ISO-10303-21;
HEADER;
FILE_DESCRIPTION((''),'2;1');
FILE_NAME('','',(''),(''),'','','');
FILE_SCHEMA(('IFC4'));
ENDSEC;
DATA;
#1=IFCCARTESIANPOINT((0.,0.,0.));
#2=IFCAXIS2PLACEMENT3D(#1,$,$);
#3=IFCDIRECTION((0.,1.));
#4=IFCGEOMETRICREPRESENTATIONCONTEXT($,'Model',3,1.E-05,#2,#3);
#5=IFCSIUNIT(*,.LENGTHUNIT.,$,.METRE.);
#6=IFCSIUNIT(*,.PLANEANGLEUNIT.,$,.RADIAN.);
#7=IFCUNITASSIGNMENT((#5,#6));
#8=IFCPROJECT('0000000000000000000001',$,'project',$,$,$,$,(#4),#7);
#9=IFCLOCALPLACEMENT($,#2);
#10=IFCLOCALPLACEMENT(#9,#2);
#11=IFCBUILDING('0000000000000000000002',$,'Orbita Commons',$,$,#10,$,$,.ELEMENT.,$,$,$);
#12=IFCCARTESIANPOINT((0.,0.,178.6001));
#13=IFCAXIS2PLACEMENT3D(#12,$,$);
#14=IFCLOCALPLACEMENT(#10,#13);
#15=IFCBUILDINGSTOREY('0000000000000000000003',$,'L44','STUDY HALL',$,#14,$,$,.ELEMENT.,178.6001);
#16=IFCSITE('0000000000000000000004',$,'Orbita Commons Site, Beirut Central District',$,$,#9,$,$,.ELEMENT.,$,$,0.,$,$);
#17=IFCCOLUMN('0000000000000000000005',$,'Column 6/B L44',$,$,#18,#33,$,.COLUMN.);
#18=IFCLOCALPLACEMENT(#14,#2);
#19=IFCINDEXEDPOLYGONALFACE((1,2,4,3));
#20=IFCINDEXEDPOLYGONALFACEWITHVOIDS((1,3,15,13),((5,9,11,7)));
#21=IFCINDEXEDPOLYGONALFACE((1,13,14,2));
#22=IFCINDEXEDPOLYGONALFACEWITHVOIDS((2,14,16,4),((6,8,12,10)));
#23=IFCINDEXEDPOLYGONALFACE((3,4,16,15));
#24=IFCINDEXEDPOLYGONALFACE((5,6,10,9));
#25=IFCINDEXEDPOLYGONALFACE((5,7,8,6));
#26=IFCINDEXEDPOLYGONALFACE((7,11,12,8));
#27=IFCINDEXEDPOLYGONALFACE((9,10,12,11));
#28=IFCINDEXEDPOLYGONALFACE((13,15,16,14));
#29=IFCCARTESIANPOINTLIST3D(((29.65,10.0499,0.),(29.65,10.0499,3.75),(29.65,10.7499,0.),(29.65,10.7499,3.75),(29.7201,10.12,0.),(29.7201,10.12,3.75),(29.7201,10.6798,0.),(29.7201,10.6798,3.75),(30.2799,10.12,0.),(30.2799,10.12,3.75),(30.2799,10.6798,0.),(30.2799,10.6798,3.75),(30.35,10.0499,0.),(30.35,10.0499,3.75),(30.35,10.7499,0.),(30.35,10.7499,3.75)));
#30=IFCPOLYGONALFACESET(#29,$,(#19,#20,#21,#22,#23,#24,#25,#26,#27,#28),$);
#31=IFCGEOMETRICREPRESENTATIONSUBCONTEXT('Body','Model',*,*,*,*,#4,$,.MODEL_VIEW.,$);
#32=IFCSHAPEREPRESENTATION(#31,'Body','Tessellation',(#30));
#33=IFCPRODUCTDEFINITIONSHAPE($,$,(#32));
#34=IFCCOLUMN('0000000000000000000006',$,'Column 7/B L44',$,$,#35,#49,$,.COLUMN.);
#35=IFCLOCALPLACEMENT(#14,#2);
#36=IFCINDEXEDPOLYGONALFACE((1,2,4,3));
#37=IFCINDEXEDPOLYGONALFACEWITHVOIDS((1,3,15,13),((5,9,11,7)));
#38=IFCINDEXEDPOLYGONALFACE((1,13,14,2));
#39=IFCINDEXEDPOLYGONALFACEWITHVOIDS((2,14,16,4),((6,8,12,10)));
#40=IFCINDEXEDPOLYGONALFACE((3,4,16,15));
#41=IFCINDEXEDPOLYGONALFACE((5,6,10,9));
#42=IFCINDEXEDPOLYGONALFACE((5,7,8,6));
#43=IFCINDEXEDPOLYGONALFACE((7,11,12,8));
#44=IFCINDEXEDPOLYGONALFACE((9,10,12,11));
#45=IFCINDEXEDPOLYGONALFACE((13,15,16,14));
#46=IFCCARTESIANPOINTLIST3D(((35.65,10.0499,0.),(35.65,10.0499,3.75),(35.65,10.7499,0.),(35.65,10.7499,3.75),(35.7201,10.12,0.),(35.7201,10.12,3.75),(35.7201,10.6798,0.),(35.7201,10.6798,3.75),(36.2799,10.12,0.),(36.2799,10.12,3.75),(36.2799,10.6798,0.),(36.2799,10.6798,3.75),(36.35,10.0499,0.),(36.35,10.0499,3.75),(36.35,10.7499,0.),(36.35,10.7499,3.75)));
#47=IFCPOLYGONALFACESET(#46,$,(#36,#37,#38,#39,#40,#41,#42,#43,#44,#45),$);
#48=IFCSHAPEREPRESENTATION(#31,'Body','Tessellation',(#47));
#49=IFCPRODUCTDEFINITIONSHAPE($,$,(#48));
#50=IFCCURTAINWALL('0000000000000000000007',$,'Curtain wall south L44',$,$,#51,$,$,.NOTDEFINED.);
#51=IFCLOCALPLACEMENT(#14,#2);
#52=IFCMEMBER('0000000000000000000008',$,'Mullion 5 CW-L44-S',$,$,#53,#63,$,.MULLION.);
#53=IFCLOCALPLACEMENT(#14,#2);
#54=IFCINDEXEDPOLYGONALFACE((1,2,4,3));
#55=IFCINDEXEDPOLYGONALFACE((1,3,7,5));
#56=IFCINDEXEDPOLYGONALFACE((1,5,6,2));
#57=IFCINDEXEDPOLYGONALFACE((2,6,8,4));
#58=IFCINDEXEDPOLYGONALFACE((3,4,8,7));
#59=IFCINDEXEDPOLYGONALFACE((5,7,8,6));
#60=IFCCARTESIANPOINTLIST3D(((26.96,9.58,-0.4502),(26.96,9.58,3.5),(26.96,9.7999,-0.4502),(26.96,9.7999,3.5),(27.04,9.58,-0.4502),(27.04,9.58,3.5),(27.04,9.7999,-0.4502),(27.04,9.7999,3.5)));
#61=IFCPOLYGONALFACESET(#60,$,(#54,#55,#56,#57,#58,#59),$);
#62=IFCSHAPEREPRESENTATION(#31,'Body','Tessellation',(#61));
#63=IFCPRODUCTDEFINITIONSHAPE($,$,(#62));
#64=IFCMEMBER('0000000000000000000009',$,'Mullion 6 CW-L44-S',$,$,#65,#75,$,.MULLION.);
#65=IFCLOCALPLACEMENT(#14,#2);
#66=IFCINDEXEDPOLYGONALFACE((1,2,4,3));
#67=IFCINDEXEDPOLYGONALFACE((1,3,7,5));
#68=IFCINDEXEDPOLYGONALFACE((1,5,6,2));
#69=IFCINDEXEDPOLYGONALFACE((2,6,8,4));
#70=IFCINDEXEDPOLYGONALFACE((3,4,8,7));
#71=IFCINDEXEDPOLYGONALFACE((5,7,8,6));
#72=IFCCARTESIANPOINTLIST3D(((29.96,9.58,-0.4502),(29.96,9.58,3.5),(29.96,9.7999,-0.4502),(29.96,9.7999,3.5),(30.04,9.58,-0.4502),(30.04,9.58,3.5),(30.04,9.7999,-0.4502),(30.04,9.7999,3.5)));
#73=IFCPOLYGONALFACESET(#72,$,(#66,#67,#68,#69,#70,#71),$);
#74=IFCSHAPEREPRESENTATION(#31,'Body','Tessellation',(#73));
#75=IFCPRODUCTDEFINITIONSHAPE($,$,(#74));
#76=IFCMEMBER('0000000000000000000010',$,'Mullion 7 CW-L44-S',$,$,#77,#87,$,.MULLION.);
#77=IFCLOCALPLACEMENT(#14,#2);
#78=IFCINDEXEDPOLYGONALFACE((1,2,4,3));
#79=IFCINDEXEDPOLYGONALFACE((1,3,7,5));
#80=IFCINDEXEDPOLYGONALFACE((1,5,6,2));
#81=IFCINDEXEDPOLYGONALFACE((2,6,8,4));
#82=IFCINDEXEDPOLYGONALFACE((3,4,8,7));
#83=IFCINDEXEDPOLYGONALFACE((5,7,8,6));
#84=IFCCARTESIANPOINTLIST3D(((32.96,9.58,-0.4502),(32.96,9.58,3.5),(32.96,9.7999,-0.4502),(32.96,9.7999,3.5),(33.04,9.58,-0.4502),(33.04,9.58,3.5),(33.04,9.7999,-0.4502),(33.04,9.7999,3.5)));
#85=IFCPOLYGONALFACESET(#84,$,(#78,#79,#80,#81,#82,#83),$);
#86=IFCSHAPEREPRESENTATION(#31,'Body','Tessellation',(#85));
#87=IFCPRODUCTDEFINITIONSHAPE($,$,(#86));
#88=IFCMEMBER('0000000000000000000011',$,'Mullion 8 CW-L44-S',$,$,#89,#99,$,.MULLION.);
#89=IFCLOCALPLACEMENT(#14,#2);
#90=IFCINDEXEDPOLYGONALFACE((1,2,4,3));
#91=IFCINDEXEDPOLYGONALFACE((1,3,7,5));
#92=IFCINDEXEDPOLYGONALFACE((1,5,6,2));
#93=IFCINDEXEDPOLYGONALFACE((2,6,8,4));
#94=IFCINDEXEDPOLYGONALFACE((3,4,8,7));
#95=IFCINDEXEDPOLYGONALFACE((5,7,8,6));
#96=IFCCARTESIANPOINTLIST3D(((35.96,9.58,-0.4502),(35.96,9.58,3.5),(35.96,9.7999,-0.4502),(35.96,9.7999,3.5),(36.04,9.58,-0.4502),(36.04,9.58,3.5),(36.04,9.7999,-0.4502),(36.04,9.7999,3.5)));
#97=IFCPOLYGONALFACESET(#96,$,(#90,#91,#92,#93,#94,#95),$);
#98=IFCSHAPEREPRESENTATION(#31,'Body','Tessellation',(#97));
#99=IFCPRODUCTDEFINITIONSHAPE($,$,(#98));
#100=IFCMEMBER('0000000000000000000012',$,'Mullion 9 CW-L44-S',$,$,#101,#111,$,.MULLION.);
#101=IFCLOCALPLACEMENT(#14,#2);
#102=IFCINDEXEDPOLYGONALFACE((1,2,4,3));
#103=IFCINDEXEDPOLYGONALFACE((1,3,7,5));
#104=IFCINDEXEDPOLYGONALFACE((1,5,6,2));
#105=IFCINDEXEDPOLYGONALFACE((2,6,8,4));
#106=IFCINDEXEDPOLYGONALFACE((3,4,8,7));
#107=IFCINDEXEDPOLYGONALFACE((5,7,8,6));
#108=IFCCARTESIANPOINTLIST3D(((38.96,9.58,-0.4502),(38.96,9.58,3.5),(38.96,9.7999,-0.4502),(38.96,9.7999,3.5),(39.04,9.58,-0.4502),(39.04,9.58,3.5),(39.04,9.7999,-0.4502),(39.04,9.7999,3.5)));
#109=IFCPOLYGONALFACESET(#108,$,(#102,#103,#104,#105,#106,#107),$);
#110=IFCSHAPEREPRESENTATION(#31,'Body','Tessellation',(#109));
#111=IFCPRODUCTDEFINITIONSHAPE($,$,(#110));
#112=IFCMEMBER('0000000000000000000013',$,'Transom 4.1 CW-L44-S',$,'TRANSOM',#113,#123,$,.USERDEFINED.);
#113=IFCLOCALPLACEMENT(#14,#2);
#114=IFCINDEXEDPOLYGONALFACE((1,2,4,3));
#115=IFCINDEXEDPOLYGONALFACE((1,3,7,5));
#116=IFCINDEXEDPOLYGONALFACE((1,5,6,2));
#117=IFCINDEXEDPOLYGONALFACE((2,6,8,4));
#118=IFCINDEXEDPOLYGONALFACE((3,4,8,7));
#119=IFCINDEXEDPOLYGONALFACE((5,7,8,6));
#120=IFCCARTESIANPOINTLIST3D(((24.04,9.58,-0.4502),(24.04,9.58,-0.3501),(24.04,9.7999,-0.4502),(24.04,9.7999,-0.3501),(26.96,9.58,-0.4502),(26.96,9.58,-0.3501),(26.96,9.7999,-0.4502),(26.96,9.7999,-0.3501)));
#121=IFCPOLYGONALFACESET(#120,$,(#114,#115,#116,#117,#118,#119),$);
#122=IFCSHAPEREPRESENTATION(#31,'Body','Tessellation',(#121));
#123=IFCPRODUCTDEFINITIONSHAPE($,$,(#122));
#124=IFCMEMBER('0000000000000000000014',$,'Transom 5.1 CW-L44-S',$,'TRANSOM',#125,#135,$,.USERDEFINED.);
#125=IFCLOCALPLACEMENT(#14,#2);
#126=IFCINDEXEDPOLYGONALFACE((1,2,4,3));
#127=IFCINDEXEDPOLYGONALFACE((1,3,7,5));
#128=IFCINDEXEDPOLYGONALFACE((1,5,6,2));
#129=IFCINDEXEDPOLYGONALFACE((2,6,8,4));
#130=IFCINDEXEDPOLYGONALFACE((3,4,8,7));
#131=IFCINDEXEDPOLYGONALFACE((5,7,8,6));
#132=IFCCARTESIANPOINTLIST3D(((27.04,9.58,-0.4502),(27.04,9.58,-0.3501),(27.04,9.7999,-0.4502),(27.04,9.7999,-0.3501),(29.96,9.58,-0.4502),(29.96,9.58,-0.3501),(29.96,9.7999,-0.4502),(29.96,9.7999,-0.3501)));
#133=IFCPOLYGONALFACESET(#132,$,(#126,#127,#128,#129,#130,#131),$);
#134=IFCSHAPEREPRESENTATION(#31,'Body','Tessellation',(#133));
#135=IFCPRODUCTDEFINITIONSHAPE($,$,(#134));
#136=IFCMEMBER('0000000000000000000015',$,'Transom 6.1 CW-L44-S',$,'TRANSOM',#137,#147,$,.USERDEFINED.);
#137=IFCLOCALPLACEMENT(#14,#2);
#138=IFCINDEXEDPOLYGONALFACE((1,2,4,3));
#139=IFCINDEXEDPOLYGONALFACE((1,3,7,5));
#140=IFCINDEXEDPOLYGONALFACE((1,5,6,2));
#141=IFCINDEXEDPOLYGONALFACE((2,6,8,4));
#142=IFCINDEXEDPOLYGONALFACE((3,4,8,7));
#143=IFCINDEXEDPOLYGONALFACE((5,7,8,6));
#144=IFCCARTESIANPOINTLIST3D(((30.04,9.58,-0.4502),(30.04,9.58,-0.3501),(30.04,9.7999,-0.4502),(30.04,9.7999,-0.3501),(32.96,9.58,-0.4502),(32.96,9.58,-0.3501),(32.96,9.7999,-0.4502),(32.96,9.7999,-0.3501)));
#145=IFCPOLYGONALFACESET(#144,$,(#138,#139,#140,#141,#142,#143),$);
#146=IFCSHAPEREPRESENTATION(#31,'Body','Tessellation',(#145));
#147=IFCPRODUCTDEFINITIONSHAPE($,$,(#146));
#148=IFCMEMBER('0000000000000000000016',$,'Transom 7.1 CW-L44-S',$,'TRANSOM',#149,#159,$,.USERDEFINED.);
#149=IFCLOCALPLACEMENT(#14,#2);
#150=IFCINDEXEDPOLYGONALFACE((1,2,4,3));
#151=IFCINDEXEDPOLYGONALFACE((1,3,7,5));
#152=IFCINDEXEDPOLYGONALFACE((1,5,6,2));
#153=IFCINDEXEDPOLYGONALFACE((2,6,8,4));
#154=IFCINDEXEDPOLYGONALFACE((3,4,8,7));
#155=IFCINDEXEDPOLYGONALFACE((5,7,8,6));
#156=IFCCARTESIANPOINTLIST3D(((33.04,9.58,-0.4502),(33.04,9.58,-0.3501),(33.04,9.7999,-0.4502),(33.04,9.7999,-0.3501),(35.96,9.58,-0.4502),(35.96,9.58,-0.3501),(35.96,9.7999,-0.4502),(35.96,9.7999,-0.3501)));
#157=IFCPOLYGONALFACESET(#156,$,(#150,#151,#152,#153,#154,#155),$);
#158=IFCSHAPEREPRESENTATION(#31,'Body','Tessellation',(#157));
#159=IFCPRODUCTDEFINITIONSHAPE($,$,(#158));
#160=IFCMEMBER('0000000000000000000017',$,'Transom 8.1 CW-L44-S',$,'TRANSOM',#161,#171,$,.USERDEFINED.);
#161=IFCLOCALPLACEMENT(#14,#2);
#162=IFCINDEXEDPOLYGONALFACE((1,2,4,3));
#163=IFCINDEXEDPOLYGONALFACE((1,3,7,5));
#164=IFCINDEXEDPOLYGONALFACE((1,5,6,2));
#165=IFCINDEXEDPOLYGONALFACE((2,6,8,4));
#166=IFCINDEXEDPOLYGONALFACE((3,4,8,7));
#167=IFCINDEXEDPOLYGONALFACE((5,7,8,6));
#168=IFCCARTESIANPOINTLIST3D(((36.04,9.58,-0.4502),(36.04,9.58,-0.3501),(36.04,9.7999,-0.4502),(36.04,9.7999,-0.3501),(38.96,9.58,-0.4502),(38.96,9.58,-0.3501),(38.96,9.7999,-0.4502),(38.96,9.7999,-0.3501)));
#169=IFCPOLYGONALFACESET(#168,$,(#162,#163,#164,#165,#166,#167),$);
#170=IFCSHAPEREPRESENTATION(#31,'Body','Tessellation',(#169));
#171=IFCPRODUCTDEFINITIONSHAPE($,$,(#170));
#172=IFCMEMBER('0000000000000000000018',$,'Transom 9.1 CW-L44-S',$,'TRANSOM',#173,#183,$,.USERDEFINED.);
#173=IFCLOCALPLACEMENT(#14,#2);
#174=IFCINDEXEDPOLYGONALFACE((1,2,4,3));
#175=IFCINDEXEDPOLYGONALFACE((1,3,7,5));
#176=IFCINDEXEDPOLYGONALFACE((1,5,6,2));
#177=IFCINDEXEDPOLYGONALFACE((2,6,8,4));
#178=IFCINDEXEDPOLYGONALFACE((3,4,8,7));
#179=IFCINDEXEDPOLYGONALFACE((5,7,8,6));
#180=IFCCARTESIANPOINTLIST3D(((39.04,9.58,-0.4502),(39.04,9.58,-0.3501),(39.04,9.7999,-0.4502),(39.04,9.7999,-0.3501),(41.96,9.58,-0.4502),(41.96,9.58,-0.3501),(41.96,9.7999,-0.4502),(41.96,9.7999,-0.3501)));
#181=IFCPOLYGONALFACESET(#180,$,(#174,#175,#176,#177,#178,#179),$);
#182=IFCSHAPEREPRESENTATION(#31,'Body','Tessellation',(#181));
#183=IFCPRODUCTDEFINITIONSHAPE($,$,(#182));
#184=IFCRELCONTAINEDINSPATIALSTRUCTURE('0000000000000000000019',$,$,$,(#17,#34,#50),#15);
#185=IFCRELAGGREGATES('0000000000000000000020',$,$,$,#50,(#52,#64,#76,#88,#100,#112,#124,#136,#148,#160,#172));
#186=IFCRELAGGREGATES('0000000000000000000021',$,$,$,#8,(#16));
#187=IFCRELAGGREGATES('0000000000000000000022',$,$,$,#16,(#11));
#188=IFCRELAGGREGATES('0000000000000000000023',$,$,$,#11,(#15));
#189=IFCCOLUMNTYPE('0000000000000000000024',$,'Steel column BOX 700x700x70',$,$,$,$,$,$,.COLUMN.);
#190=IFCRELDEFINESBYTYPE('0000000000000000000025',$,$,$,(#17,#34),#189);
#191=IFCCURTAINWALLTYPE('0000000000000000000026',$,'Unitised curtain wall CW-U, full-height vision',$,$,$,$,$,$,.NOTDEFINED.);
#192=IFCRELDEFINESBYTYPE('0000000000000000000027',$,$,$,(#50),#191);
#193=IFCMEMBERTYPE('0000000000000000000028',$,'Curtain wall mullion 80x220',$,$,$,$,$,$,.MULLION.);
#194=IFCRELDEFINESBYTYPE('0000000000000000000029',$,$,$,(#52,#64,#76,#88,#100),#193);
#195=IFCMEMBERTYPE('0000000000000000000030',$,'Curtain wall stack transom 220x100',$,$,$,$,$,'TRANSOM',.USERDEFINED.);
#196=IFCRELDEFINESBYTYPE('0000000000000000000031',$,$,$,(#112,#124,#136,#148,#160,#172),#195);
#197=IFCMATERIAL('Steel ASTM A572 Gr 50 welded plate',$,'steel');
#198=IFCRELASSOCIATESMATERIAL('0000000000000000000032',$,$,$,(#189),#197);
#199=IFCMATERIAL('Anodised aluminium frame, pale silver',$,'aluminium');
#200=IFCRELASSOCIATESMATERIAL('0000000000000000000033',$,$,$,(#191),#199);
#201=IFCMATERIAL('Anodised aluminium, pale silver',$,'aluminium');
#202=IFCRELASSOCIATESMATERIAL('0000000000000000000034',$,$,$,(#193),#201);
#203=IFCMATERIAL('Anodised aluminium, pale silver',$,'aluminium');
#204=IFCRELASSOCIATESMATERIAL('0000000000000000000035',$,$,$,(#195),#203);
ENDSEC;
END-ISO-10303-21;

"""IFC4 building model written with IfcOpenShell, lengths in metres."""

from ifc_helpers import new_model, si_unit, direction, frame, origin, origin_2d, place, context, subcontext, project, spatial, rectangle, hollow_rectangle, extrude, material, material_profile, profile_set, type_object, element, aggregate, save


model = new_model("IFC4")

# Units and contexts
model_context = context("Model", 3, precision=1e-05, world=origin(), true_north=direction((0.0, 1.0)))
body_context = subcontext(model_context, "Body", "Model", "MODEL_VIEW")
ifc_project = project(units=[si_unit("LENGTHUNIT", "METRE"), si_unit("PLANEANGLEUNIT", "RADIAN")], contexts=[model_context])

# Site, building, storey
site_placement = place(None, origin())
site = spatial("IfcSite", under=ifc_project, at=site_placement, Name="Orbita Commons Site, Beirut Central District", CompositionType="ELEMENT", RefElevation=0.0)
building_placement = place(site_placement, origin())
building = spatial("IfcBuilding", under=site, at=building_placement, Name="Orbita Commons", CompositionType="ELEMENT")
storey_placement = place(building_placement, frame((0.0, 0.0, 178.6001)))
storey = spatial("IfcBuildingStorey", under=building, at=storey_placement, Name="L44", Description="STUDY HALL", CompositionType="ELEMENT", Elevation=178.6001)

# Columns
ifc_material_1 = material(Name="Steel ASTM A572 Gr 50 welded plate", Category="steel")
ifc_material_profile_1 = material_profile(ifc_material_1, hollow_rectangle(XDim=0.7, YDim=0.7, WallThickness=0.0701, at=origin_2d()), Name="BOX 700x700x70")
ifc_profile_set_1 = profile_set([ifc_material_profile_1], Name="Steel ASTM A572 Gr 50 welded plate")
column_type = type_object("IfcColumnType", Name="Steel column BOX 700x700x70", PredefinedType="COLUMN", material=ifc_profile_set_1)
for number, where, z_axis, x_axis, name in (
    (1, (30.0, 10.3999, 0.0), (0.0, 0.0, 1.0), (1.0, 0.0, 0.0), "Column 6/B L44"),
    (2, (36.0, 10.3999, 0.0), (0.0, 0.0, 1.0), (1.0, 0.0, 0.0), "Column 7/B L44"),
):
    element("IfcColumn", number, at=place(storey_placement, frame(where, z_axis=z_axis, x_axis=x_axis)), inside=storey, type_object=column_type, Name=name, PredefinedType="COLUMN", context=body_context, shape_type="SweptSolid", body=[
        extrude(hollow_rectangle(XDim=0.7, YDim=0.7, WallThickness=0.0701, at=origin_2d()), origin(), (0.0, 0.0, 1.0), 3.75),
    ])

# Curtain wall, members
ifc_material_2 = material(Name="Anodised aluminium frame, pale silver", Category="aluminium")
curtain_wall_type = type_object("IfcCurtainWallType", Name="Unitised curtain wall CW-U, full-height vision", PredefinedType="NOTDEFINED", material=ifc_material_2)
curtain_wall_placement = place(storey_placement, origin())
curtain_wall = element("IfcCurtainWall", 3, at=curtain_wall_placement, inside=storey, type_object=curtain_wall_type, Name="Curtain wall south L44", PredefinedType="NOTDEFINED")
ifc_material_3 = material(Name="Anodised aluminium, pale silver", Category="aluminium")
ifc_material_profile_2 = material_profile(ifc_material_3, rectangle(XDim=0.0801, YDim=0.22, at=origin_2d()), Name="AL 80x220")
ifc_profile_set_2 = profile_set([ifc_material_profile_2], Name="Anodised aluminium, pale silver")
member_type_1 = type_object("IfcMemberType", Name="Curtain wall mullion 80x220", PredefinedType="MULLION", material=ifc_profile_set_2)
member_1_placement = place(storey_placement, frame((27.0, 9.6899, -0.4502), z_axis=(0.0, 0.0, 1.0), x_axis=(1.0, 0.0, 0.0)))
member_1 = element("IfcMember", 4, at=member_1_placement, type_object=member_type_1, Name="Mullion 5 CW-L44-S", PredefinedType="MULLION", context=body_context, shape_type="SweptSolid", body=[
    extrude(rectangle(XDim=0.0801, YDim=0.22, at=origin_2d()), origin(), (0.0, 0.0, 1.0), 3.9502),
])
member_2_placement = place(storey_placement, frame((30.0, 9.6899, -0.4502), z_axis=(0.0, 0.0, 1.0), x_axis=(1.0, 0.0, 0.0)))
member_2 = element("IfcMember", 5, at=member_2_placement, type_object=member_type_1, Name="Mullion 6 CW-L44-S", PredefinedType="MULLION", context=body_context, shape_type="SweptSolid", body=[
    extrude(rectangle(XDim=0.0801, YDim=0.22, at=origin_2d()), origin(), (0.0, 0.0, 1.0), 3.9502),
])
member_3_placement = place(storey_placement, frame((33.0, 9.6899, -0.4502), z_axis=(0.0, 0.0, 1.0), x_axis=(1.0, 0.0, 0.0)))
member_3 = element("IfcMember", 6, at=member_3_placement, type_object=member_type_1, Name="Mullion 7 CW-L44-S", PredefinedType="MULLION", context=body_context, shape_type="SweptSolid", body=[
    extrude(rectangle(XDim=0.0801, YDim=0.22, at=origin_2d()), origin(), (0.0, 0.0, 1.0), 3.9502),
])
member_4_placement = place(storey_placement, frame((36.0, 9.6899, -0.4502), z_axis=(0.0, 0.0, 1.0), x_axis=(1.0, 0.0, 0.0)))
member_4 = element("IfcMember", 7, at=member_4_placement, type_object=member_type_1, Name="Mullion 8 CW-L44-S", PredefinedType="MULLION", context=body_context, shape_type="SweptSolid", body=[
    extrude(rectangle(XDim=0.0801, YDim=0.22, at=origin_2d()), origin(), (0.0, 0.0, 1.0), 3.9502),
])
member_5_placement = place(storey_placement, frame((39.0, 9.6899, -0.4502), z_axis=(0.0, 0.0, 1.0), x_axis=(1.0, 0.0, 0.0)))
member_5 = element("IfcMember", 8, at=member_5_placement, type_object=member_type_1, Name="Mullion 9 CW-L44-S", PredefinedType="MULLION", context=body_context, shape_type="SweptSolid", body=[
    extrude(rectangle(XDim=0.0801, YDim=0.22, at=origin_2d()), origin(), (0.0, 0.0, 1.0), 3.9502),
])
ifc_material_4 = material(Name="Anodised aluminium, pale silver", Category="aluminium")
ifc_material_profile_3 = material_profile(ifc_material_4, rectangle(XDim=0.22, YDim=0.1001, at=origin_2d()), Name="AL 220x100")
ifc_profile_set_3 = profile_set([ifc_material_profile_3], Name="Anodised aluminium, pale silver")
member_type_2 = type_object("IfcMemberType", Name="Curtain wall stack transom 220x100", ElementType="TRANSOM", PredefinedType="USERDEFINED", material=ifc_profile_set_3)
member_6_placement = place(storey_placement, frame((24.04, 9.6899, -0.4001), z_axis=(1.0, 0.0, 0.0), x_axis=(0.0, 1.0, 0.0)))
member_6 = element("IfcMember", 9, at=member_6_placement, type_object=member_type_2, Name="Transom 4.1 CW-L44-S", ObjectType="TRANSOM", PredefinedType="USERDEFINED", context=body_context, shape_type="SweptSolid", body=[
    extrude(rectangle(XDim=0.22, YDim=0.1001, at=origin_2d()), origin(), (0.0, 0.0, 1.0), 2.9199),
])
member_7_placement = place(storey_placement, frame((27.04, 9.6899, -0.4001), z_axis=(1.0, 0.0, 0.0), x_axis=(0.0, 1.0, 0.0)))
member_7 = element("IfcMember", 10, at=member_7_placement, type_object=member_type_2, Name="Transom 5.1 CW-L44-S", ObjectType="TRANSOM", PredefinedType="USERDEFINED", context=body_context, shape_type="SweptSolid", body=[
    extrude(rectangle(XDim=0.22, YDim=0.1001, at=origin_2d()), origin(), (0.0, 0.0, 1.0), 2.9199),
])
member_8_placement = place(storey_placement, frame((30.04, 9.6899, -0.4001), z_axis=(1.0, 0.0, 0.0), x_axis=(0.0, 1.0, 0.0)))
member_8 = element("IfcMember", 11, at=member_8_placement, type_object=member_type_2, Name="Transom 6.1 CW-L44-S", ObjectType="TRANSOM", PredefinedType="USERDEFINED", context=body_context, shape_type="SweptSolid", body=[
    extrude(rectangle(XDim=0.22, YDim=0.1001, at=origin_2d()), origin(), (0.0, 0.0, 1.0), 2.9199),
])
member_9_placement = place(storey_placement, frame((33.04, 9.6899, -0.4001), z_axis=(1.0, 0.0, 0.0), x_axis=(0.0, 1.0, 0.0)))
member_9 = element("IfcMember", 12, at=member_9_placement, type_object=member_type_2, Name="Transom 7.1 CW-L44-S", ObjectType="TRANSOM", PredefinedType="USERDEFINED", context=body_context, shape_type="SweptSolid", body=[
    extrude(rectangle(XDim=0.22, YDim=0.1001, at=origin_2d()), origin(), (0.0, 0.0, 1.0), 2.9199),
])
member_10_placement = place(storey_placement, frame((36.04, 9.6899, -0.4001), z_axis=(1.0, 0.0, 0.0), x_axis=(0.0, 1.0, 0.0)))
member_10 = element("IfcMember", 13, at=member_10_placement, type_object=member_type_2, Name="Transom 8.1 CW-L44-S", ObjectType="TRANSOM", PredefinedType="USERDEFINED", context=body_context, shape_type="SweptSolid", body=[
    extrude(rectangle(XDim=0.22, YDim=0.1001, at=origin_2d()), origin(), (0.0, 0.0, 1.0), 2.9199),
])
member_11_placement = place(storey_placement, frame((39.04, 9.6899, -0.4001), z_axis=(1.0, 0.0, 0.0), x_axis=(0.0, 1.0, 0.0)))
member_11 = element("IfcMember", 14, at=member_11_placement, type_object=member_type_2, Name="Transom 9.1 CW-L44-S", ObjectType="TRANSOM", PredefinedType="USERDEFINED", context=body_context, shape_type="SweptSolid", body=[
    extrude(rectangle(XDim=0.22, YDim=0.1001, at=origin_2d()), origin(), (0.0, 0.0, 1.0), 2.9199),
])

aggregate(curtain_wall, [member_1, member_2, member_3, member_4, member_5, member_6, member_7, member_8, member_9, member_10, member_11])

save(model, "model.ifc")
